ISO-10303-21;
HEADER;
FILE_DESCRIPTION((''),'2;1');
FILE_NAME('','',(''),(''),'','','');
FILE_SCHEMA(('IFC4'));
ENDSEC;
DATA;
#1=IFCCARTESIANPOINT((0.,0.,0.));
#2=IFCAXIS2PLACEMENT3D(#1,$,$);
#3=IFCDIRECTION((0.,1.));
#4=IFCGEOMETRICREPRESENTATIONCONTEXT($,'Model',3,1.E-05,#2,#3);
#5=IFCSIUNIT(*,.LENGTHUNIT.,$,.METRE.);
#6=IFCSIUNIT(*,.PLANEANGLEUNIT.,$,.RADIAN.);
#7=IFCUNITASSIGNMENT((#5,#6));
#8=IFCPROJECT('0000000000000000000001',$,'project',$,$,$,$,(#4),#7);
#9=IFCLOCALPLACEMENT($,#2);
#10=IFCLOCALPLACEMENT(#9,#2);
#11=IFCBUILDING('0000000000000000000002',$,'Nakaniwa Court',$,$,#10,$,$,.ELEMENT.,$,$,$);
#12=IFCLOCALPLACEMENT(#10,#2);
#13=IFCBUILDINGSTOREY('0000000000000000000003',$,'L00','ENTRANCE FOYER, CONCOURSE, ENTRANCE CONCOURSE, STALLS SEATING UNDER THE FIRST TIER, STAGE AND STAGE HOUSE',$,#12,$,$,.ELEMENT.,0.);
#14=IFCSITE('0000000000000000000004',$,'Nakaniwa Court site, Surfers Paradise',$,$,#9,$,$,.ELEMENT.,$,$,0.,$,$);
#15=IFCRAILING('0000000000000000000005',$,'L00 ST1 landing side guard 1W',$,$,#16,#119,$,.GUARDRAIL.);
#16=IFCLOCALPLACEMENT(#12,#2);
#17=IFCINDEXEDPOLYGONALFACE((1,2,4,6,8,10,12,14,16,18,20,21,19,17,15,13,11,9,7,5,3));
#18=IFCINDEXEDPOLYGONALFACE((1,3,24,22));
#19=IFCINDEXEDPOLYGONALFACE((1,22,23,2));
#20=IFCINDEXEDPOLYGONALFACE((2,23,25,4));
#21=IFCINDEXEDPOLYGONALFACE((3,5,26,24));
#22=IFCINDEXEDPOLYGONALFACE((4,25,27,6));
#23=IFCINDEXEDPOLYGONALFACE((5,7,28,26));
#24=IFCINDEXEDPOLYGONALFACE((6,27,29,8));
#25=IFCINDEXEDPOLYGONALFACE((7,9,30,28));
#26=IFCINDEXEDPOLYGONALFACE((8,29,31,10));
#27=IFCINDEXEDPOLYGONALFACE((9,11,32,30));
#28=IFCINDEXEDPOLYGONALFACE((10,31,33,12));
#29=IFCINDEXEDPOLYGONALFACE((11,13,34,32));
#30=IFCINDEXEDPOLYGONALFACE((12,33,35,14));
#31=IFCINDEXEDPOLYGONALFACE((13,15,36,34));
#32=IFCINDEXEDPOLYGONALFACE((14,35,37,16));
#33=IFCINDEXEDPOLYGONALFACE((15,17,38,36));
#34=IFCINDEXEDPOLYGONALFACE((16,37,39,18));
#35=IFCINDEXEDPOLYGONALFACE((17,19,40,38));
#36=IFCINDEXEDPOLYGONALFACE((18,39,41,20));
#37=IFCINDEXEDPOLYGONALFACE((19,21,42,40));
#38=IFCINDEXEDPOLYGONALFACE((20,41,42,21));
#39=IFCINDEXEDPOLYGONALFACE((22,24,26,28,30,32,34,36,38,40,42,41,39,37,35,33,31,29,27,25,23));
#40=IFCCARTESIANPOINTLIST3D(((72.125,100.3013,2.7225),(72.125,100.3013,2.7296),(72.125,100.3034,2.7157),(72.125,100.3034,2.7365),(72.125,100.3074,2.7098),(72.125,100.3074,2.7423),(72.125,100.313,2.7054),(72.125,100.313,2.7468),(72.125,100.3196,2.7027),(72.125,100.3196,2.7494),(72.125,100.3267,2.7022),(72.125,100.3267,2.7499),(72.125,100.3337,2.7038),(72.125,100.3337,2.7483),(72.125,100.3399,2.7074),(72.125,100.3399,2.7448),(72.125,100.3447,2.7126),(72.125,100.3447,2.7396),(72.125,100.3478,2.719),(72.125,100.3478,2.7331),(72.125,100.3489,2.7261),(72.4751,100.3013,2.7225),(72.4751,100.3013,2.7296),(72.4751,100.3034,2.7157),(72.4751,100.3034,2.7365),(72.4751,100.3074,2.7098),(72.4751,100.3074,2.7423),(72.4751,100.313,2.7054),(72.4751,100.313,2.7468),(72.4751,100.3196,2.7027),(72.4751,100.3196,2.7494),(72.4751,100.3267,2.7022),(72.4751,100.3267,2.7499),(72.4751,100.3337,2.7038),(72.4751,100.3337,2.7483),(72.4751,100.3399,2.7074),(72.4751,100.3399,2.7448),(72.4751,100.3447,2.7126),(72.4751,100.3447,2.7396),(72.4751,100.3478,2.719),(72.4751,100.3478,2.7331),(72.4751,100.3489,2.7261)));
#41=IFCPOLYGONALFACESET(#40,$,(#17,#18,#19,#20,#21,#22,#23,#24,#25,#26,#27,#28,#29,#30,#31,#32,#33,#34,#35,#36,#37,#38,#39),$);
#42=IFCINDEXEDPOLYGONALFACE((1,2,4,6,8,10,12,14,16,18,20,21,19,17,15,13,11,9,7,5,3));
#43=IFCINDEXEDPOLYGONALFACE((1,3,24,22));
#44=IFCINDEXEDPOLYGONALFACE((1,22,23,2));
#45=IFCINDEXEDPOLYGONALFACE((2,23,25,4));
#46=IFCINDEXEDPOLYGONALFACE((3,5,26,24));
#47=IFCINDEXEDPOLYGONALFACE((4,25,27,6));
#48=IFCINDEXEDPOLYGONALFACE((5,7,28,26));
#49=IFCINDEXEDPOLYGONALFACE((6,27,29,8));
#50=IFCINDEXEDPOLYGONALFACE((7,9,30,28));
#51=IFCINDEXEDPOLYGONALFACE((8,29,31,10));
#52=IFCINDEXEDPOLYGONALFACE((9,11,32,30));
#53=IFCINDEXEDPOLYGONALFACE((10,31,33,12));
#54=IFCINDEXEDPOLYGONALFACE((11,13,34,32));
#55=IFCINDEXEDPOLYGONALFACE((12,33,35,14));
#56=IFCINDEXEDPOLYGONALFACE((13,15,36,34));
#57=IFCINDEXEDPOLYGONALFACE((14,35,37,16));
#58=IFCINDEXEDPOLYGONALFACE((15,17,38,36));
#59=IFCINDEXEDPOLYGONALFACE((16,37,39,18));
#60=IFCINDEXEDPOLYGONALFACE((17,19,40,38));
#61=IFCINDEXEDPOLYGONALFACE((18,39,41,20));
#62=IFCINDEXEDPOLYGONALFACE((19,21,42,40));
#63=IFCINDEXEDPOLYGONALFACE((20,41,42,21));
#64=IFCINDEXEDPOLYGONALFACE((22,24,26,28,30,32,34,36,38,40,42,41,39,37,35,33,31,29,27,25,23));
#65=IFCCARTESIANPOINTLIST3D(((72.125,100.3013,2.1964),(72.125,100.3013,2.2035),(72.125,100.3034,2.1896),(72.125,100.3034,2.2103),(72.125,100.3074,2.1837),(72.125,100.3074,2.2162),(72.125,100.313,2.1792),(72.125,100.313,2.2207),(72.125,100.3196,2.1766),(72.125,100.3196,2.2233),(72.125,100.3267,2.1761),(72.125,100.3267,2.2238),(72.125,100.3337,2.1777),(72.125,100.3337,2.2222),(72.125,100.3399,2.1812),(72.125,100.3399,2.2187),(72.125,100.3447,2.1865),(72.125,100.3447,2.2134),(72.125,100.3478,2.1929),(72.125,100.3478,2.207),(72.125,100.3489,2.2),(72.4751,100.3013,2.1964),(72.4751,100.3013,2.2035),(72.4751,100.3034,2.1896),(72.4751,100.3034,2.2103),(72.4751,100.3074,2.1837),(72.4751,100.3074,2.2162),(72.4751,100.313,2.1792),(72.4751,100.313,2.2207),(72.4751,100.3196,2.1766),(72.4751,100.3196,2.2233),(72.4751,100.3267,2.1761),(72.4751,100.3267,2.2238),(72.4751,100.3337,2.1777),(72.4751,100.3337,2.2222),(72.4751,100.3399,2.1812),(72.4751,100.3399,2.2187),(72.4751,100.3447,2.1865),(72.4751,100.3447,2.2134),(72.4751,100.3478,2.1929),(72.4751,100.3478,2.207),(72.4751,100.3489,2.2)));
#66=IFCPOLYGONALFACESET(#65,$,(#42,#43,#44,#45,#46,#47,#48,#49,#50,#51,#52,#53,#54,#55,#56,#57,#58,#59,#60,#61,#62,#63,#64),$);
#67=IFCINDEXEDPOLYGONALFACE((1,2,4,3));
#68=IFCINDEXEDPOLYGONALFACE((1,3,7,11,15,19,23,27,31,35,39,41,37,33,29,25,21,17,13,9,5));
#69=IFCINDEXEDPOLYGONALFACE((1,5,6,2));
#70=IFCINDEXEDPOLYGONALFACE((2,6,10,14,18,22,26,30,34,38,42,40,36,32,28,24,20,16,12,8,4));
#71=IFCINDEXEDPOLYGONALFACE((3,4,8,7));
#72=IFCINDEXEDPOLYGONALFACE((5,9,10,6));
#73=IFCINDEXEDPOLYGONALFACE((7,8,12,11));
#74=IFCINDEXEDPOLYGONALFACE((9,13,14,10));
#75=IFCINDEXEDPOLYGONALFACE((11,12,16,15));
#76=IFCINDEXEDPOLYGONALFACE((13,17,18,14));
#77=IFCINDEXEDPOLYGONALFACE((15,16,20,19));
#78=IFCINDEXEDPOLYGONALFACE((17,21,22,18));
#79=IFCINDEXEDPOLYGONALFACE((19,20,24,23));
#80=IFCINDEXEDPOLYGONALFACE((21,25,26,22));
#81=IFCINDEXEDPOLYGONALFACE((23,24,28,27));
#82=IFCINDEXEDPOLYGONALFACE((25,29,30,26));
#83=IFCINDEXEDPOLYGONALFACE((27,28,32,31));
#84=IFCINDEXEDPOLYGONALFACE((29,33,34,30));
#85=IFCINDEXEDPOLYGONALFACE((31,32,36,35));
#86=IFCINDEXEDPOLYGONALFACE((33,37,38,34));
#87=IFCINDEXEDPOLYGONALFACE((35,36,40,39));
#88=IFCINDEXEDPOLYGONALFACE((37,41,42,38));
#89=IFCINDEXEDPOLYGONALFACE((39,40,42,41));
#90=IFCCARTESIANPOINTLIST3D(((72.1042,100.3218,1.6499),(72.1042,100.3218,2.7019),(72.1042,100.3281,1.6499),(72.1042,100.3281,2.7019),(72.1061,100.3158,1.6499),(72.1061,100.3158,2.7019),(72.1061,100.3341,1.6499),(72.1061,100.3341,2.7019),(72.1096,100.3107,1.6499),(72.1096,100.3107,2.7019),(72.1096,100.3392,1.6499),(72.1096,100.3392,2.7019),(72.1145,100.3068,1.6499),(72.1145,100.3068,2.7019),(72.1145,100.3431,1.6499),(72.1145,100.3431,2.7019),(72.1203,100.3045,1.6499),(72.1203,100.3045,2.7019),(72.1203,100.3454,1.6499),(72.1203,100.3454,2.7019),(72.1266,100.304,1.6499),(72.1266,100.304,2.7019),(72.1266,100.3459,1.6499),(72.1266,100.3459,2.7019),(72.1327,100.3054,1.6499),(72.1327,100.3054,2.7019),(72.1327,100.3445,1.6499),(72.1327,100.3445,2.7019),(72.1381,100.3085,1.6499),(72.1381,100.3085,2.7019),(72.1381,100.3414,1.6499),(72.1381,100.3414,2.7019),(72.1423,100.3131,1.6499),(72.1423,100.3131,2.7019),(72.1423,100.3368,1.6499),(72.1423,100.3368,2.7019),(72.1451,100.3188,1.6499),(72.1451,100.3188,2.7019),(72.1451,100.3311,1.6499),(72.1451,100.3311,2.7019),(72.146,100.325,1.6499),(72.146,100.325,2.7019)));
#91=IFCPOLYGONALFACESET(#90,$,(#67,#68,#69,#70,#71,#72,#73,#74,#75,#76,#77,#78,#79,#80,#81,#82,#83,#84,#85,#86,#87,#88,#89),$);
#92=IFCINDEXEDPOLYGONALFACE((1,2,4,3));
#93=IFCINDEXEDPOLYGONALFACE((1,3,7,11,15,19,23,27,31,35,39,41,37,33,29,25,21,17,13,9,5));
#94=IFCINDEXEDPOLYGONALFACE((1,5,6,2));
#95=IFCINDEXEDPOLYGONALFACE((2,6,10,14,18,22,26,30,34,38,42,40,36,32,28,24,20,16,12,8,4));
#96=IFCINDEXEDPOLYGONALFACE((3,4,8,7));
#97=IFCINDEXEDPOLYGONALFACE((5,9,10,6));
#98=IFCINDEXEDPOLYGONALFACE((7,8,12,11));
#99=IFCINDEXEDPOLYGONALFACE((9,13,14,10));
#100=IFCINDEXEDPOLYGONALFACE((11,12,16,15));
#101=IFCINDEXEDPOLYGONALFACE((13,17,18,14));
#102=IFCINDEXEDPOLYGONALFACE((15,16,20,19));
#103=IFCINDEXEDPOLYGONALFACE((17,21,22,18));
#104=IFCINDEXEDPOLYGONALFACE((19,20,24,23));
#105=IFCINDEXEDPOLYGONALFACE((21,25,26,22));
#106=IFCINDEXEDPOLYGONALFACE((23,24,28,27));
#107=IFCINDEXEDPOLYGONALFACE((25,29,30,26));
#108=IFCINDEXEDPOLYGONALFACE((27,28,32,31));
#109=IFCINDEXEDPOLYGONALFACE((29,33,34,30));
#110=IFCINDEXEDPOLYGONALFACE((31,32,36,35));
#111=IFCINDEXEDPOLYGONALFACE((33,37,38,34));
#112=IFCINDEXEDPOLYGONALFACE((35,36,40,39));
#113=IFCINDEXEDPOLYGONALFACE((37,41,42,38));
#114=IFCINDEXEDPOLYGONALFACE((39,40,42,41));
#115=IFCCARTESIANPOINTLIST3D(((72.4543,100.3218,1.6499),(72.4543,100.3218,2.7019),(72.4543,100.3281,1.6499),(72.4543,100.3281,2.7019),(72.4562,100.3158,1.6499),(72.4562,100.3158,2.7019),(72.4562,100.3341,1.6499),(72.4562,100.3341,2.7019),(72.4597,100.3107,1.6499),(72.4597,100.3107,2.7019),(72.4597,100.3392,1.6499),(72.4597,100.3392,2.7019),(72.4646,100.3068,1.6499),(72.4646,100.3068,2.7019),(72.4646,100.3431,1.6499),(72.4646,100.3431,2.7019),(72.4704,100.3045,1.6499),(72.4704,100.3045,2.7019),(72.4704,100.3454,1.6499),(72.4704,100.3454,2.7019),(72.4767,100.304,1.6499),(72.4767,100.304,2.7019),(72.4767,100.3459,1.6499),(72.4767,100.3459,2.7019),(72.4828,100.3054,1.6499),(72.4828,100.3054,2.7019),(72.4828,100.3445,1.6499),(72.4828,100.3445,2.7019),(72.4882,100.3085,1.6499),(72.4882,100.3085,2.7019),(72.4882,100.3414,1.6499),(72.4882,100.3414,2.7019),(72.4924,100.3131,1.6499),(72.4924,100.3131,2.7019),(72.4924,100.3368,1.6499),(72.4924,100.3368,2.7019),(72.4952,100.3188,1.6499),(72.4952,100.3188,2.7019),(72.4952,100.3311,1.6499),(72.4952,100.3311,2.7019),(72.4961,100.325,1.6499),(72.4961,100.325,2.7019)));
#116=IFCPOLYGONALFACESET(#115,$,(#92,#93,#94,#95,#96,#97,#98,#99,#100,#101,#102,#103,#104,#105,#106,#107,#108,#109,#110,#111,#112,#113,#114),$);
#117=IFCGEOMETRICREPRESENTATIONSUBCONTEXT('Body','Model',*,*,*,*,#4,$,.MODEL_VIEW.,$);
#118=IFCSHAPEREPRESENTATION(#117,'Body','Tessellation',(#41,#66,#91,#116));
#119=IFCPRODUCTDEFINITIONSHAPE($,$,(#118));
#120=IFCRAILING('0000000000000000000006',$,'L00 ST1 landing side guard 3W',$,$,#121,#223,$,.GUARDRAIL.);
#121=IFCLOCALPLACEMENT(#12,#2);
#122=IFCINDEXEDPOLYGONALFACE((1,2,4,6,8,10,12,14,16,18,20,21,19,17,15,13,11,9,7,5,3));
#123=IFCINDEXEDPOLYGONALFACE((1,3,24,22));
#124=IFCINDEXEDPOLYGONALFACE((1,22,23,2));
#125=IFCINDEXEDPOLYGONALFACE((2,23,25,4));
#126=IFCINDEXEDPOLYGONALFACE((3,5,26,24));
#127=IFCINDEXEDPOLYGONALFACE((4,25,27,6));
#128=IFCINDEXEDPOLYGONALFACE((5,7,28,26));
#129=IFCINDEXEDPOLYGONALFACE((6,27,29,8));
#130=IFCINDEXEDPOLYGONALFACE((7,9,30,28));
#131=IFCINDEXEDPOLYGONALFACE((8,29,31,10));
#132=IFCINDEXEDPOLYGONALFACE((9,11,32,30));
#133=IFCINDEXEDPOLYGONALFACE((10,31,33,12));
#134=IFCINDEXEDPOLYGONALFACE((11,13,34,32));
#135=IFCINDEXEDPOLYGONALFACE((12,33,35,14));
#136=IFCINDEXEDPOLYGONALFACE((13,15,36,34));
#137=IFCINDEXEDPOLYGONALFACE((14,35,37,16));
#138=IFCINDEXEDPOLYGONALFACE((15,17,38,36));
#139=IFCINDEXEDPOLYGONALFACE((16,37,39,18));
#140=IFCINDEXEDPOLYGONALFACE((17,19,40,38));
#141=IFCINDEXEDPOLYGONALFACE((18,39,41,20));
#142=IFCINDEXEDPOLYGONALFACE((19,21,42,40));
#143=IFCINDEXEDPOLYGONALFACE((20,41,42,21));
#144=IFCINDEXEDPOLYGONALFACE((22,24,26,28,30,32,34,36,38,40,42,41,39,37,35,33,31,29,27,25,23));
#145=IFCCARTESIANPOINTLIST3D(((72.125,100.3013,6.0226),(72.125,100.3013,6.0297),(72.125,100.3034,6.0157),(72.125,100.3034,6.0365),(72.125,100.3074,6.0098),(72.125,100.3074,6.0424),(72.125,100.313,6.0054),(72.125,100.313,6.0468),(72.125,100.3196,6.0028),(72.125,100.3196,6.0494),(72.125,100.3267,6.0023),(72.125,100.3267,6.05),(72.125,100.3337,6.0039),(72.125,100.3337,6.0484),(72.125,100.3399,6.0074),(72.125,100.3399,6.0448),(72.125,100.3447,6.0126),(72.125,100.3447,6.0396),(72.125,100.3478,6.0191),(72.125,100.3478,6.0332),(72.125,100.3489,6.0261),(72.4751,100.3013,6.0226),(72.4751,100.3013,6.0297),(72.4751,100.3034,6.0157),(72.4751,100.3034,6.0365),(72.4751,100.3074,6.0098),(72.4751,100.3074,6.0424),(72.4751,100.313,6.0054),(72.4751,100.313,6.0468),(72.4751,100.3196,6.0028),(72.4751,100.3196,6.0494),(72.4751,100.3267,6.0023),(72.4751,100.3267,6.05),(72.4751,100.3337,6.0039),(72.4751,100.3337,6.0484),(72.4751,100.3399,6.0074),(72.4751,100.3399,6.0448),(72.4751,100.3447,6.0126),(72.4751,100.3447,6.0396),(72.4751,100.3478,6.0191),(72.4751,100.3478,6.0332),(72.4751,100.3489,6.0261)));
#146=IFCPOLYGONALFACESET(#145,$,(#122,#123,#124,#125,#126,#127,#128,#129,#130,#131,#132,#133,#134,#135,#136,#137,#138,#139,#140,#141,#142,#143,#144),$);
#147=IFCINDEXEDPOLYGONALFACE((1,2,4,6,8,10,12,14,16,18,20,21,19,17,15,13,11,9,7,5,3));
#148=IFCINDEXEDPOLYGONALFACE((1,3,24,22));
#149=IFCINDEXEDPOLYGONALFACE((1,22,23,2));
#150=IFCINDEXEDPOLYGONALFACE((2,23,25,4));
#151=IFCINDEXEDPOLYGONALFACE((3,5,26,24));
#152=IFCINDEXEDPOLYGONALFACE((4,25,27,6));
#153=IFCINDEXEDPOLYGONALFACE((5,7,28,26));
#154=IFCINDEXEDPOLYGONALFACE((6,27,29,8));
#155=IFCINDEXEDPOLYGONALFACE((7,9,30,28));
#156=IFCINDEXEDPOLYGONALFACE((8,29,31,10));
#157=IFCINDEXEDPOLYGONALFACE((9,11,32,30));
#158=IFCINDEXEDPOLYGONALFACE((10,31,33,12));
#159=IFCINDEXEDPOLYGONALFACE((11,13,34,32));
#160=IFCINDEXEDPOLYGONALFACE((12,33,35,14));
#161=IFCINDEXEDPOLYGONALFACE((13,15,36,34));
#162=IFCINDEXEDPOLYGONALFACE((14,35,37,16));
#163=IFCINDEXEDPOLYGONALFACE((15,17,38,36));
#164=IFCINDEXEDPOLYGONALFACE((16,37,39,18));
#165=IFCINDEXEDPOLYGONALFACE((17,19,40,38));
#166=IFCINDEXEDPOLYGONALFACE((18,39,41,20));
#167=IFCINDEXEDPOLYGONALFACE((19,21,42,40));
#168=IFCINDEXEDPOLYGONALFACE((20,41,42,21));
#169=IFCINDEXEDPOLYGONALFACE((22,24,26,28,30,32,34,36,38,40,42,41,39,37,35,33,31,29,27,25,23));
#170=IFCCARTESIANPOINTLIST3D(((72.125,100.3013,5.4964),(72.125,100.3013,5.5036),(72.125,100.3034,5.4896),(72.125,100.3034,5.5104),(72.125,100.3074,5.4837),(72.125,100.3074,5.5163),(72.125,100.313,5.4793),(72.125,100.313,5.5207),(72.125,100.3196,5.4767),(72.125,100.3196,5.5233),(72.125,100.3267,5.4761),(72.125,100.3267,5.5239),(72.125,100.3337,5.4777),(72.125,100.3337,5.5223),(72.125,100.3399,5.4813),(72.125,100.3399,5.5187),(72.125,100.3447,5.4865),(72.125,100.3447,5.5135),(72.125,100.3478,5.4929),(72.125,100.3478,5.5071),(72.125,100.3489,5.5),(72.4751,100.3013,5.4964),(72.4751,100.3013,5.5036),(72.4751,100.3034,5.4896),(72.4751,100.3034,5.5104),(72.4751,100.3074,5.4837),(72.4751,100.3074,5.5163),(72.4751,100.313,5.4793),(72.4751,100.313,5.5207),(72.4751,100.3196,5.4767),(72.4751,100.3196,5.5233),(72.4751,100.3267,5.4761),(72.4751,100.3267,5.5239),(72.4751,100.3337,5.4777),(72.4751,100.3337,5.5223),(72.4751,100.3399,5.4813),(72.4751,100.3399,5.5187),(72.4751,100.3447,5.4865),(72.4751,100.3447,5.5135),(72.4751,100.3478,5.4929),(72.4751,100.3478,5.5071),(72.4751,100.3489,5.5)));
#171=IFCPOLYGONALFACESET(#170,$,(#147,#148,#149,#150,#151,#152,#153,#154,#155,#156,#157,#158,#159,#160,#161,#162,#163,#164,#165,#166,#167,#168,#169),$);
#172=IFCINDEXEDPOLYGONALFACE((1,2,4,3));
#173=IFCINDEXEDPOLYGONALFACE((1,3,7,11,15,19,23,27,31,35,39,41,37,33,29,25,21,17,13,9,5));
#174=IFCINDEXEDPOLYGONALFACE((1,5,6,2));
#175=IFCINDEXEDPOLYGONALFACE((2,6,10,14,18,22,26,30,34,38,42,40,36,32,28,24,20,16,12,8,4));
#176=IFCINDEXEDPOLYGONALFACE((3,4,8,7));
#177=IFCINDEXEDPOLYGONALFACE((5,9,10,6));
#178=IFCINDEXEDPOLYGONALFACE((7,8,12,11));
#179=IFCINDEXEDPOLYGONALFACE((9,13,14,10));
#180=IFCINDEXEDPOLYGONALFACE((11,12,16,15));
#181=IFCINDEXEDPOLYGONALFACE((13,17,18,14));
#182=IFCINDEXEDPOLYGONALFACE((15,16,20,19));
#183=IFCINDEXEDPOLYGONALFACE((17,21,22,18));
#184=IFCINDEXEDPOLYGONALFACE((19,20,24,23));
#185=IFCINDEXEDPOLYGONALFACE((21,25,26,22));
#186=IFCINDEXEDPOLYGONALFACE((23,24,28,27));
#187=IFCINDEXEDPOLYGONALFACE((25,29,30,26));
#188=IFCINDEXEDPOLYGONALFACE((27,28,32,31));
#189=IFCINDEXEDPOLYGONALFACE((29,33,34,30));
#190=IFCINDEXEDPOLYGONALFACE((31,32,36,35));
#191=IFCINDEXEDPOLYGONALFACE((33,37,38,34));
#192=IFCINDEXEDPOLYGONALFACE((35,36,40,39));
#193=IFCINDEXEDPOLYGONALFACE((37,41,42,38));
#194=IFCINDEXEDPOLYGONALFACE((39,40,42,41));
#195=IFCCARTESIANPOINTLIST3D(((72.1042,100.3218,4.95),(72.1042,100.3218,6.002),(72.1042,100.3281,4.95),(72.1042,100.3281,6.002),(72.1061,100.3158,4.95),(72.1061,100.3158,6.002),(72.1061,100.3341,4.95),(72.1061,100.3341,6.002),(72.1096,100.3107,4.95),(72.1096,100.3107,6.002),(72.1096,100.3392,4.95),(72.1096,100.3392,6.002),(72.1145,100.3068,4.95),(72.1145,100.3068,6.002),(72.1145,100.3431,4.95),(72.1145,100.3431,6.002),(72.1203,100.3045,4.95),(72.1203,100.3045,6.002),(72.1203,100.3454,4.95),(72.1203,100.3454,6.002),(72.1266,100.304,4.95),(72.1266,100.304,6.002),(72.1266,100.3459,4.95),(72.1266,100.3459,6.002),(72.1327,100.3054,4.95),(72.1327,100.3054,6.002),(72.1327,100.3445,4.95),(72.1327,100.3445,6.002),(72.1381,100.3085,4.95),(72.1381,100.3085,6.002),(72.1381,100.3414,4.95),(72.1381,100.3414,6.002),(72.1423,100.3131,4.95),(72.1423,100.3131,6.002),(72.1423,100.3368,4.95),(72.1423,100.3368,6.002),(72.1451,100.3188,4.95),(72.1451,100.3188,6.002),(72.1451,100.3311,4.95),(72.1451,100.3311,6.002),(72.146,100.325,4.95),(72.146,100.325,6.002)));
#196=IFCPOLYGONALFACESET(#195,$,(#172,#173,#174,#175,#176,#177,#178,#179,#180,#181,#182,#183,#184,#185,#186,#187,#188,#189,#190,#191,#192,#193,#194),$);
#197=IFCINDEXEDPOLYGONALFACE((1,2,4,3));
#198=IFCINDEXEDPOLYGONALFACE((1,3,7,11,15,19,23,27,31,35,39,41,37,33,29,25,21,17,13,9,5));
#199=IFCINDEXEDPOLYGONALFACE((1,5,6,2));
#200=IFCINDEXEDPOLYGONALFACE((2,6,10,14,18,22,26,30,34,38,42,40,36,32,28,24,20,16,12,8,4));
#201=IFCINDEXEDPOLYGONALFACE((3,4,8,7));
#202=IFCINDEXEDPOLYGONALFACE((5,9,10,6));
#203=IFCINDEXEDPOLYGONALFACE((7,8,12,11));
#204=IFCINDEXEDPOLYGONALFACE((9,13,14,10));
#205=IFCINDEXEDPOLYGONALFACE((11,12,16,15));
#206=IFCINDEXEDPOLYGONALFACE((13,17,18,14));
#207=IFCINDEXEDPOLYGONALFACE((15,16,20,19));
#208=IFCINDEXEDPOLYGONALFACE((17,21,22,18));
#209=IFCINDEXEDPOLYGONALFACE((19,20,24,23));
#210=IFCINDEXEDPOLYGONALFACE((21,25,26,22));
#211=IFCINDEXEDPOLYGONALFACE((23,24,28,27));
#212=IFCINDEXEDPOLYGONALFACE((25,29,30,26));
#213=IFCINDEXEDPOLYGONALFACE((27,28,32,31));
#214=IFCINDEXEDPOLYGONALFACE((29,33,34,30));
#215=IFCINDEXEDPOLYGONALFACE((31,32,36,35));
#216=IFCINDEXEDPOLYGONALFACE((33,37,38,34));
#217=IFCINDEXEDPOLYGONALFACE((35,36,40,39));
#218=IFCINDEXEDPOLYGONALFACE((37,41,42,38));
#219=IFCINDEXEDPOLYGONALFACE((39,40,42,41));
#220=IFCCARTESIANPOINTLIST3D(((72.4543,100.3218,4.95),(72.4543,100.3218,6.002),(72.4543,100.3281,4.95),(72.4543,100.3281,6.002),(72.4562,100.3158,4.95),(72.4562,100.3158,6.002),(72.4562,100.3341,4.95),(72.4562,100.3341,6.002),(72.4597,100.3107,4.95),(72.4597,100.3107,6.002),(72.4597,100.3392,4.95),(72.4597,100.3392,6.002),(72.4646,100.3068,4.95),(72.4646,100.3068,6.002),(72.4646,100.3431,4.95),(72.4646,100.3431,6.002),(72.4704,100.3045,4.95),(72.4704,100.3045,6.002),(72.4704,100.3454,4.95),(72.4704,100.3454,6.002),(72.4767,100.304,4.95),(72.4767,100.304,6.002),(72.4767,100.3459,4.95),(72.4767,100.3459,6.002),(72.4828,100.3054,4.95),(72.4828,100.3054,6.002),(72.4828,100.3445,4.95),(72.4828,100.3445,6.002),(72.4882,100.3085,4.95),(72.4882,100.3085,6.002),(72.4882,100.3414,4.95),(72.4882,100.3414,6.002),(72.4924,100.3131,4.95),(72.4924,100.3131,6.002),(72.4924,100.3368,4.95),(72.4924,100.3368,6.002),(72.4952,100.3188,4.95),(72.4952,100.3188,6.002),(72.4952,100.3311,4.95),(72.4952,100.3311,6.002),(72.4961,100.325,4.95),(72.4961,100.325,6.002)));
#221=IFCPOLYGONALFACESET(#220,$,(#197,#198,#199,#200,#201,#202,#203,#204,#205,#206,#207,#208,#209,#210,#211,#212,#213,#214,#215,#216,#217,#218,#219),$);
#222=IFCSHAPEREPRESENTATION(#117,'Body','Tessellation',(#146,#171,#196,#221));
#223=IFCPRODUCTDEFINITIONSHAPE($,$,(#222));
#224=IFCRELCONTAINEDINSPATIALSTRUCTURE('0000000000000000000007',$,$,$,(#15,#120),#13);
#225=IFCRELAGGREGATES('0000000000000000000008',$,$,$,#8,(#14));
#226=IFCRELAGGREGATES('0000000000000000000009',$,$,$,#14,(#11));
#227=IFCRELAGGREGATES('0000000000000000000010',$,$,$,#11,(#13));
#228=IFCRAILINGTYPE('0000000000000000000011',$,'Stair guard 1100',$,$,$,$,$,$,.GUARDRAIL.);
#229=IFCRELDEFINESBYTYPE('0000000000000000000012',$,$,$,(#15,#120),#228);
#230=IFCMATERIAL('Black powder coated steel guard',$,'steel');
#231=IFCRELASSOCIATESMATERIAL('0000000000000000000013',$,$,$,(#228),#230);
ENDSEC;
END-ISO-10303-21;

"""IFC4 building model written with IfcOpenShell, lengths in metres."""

from ifc_helpers import new_model, si_unit, direction, frame, origin, origin_2d, place, context, subcontext, project, spatial, circle, extrude, material, type_object, element, save


model = new_model("IFC4")

# Units and contexts
model_context = context("Model", 3, precision=1e-05, world=origin(), true_north=direction((0.0, 1.0)))
body_context = subcontext(model_context, "Body", "Model", "MODEL_VIEW")
ifc_project = project(units=[si_unit("LENGTHUNIT", "METRE"), si_unit("PLANEANGLEUNIT", "RADIAN")], contexts=[model_context])

# Site, building, storey
site_placement = place(None, origin())
site = spatial("IfcSite", under=ifc_project, at=site_placement, Name="Nakaniwa Court site, Surfers Paradise", CompositionType="ELEMENT", RefElevation=0.0)
building_placement = place(site_placement, origin())
building = spatial("IfcBuilding", under=site, at=building_placement, Name="Nakaniwa Court", CompositionType="ELEMENT")
storey_placement = place(building_placement, origin())
storey = spatial("IfcBuildingStorey", under=building, at=storey_placement, Name="L00", Description="ENTRANCE FOYER, CONCOURSE, ENTRANCE CONCOURSE, STALLS SEATING UNDER THE FIRST TIER, STAGE AND STAGE HOUSE", CompositionType="ELEMENT", Elevation=0.0)

# Railings
ifc_material_1 = material(Name="Black powder coated steel guard", Category="steel")
railing_type_1 = type_object("IfcRailingType", Name="Stair guard 1100", PredefinedType="GUARDRAIL", material=ifc_material_1)
for number, where, name in (
    (1, (72.125, 100.325, 1.6499), "L00 ST1 landing side guard 1W"),
    (2, (72.125, 100.325, 4.95), "L00 ST1 landing side guard 3W"),
):
    element("IfcRailing", number, at=place(storey_placement, frame(where)), inside=storey, type_object=railing_type_1, Name=name, PredefinedType="GUARDRAIL", context=body_context, shape_type="SweptSolid", body=[
        extrude(circle(Radius=0.0239, at=origin_2d()), frame((0.0, 0.0, 1.0762), z_axis=(1.0, 0.0, 0.0), x_axis=(0.0, 1.0, 0.0)), (0.0, 0.0, 1.0), 0.3501),
        extrude(circle(Radius=0.0239, at=origin_2d()), frame((0.0, 0.0, 0.55), z_axis=(1.0, 0.0, 0.0), x_axis=(0.0, 1.0, 0.0)), (0.0, 0.0, 1.0), 0.3501),
        extrude(circle(Radius=0.021, at=origin_2d()), origin(), (0.0, 0.0, 1.0), 1.052),
        extrude(circle(Radius=0.021, at=origin_2d()), frame((0.3501, 0.0, 0.0)), (0.0, 0.0, 1.0), 1.052),
    ])

save(model, "model.ifc")
